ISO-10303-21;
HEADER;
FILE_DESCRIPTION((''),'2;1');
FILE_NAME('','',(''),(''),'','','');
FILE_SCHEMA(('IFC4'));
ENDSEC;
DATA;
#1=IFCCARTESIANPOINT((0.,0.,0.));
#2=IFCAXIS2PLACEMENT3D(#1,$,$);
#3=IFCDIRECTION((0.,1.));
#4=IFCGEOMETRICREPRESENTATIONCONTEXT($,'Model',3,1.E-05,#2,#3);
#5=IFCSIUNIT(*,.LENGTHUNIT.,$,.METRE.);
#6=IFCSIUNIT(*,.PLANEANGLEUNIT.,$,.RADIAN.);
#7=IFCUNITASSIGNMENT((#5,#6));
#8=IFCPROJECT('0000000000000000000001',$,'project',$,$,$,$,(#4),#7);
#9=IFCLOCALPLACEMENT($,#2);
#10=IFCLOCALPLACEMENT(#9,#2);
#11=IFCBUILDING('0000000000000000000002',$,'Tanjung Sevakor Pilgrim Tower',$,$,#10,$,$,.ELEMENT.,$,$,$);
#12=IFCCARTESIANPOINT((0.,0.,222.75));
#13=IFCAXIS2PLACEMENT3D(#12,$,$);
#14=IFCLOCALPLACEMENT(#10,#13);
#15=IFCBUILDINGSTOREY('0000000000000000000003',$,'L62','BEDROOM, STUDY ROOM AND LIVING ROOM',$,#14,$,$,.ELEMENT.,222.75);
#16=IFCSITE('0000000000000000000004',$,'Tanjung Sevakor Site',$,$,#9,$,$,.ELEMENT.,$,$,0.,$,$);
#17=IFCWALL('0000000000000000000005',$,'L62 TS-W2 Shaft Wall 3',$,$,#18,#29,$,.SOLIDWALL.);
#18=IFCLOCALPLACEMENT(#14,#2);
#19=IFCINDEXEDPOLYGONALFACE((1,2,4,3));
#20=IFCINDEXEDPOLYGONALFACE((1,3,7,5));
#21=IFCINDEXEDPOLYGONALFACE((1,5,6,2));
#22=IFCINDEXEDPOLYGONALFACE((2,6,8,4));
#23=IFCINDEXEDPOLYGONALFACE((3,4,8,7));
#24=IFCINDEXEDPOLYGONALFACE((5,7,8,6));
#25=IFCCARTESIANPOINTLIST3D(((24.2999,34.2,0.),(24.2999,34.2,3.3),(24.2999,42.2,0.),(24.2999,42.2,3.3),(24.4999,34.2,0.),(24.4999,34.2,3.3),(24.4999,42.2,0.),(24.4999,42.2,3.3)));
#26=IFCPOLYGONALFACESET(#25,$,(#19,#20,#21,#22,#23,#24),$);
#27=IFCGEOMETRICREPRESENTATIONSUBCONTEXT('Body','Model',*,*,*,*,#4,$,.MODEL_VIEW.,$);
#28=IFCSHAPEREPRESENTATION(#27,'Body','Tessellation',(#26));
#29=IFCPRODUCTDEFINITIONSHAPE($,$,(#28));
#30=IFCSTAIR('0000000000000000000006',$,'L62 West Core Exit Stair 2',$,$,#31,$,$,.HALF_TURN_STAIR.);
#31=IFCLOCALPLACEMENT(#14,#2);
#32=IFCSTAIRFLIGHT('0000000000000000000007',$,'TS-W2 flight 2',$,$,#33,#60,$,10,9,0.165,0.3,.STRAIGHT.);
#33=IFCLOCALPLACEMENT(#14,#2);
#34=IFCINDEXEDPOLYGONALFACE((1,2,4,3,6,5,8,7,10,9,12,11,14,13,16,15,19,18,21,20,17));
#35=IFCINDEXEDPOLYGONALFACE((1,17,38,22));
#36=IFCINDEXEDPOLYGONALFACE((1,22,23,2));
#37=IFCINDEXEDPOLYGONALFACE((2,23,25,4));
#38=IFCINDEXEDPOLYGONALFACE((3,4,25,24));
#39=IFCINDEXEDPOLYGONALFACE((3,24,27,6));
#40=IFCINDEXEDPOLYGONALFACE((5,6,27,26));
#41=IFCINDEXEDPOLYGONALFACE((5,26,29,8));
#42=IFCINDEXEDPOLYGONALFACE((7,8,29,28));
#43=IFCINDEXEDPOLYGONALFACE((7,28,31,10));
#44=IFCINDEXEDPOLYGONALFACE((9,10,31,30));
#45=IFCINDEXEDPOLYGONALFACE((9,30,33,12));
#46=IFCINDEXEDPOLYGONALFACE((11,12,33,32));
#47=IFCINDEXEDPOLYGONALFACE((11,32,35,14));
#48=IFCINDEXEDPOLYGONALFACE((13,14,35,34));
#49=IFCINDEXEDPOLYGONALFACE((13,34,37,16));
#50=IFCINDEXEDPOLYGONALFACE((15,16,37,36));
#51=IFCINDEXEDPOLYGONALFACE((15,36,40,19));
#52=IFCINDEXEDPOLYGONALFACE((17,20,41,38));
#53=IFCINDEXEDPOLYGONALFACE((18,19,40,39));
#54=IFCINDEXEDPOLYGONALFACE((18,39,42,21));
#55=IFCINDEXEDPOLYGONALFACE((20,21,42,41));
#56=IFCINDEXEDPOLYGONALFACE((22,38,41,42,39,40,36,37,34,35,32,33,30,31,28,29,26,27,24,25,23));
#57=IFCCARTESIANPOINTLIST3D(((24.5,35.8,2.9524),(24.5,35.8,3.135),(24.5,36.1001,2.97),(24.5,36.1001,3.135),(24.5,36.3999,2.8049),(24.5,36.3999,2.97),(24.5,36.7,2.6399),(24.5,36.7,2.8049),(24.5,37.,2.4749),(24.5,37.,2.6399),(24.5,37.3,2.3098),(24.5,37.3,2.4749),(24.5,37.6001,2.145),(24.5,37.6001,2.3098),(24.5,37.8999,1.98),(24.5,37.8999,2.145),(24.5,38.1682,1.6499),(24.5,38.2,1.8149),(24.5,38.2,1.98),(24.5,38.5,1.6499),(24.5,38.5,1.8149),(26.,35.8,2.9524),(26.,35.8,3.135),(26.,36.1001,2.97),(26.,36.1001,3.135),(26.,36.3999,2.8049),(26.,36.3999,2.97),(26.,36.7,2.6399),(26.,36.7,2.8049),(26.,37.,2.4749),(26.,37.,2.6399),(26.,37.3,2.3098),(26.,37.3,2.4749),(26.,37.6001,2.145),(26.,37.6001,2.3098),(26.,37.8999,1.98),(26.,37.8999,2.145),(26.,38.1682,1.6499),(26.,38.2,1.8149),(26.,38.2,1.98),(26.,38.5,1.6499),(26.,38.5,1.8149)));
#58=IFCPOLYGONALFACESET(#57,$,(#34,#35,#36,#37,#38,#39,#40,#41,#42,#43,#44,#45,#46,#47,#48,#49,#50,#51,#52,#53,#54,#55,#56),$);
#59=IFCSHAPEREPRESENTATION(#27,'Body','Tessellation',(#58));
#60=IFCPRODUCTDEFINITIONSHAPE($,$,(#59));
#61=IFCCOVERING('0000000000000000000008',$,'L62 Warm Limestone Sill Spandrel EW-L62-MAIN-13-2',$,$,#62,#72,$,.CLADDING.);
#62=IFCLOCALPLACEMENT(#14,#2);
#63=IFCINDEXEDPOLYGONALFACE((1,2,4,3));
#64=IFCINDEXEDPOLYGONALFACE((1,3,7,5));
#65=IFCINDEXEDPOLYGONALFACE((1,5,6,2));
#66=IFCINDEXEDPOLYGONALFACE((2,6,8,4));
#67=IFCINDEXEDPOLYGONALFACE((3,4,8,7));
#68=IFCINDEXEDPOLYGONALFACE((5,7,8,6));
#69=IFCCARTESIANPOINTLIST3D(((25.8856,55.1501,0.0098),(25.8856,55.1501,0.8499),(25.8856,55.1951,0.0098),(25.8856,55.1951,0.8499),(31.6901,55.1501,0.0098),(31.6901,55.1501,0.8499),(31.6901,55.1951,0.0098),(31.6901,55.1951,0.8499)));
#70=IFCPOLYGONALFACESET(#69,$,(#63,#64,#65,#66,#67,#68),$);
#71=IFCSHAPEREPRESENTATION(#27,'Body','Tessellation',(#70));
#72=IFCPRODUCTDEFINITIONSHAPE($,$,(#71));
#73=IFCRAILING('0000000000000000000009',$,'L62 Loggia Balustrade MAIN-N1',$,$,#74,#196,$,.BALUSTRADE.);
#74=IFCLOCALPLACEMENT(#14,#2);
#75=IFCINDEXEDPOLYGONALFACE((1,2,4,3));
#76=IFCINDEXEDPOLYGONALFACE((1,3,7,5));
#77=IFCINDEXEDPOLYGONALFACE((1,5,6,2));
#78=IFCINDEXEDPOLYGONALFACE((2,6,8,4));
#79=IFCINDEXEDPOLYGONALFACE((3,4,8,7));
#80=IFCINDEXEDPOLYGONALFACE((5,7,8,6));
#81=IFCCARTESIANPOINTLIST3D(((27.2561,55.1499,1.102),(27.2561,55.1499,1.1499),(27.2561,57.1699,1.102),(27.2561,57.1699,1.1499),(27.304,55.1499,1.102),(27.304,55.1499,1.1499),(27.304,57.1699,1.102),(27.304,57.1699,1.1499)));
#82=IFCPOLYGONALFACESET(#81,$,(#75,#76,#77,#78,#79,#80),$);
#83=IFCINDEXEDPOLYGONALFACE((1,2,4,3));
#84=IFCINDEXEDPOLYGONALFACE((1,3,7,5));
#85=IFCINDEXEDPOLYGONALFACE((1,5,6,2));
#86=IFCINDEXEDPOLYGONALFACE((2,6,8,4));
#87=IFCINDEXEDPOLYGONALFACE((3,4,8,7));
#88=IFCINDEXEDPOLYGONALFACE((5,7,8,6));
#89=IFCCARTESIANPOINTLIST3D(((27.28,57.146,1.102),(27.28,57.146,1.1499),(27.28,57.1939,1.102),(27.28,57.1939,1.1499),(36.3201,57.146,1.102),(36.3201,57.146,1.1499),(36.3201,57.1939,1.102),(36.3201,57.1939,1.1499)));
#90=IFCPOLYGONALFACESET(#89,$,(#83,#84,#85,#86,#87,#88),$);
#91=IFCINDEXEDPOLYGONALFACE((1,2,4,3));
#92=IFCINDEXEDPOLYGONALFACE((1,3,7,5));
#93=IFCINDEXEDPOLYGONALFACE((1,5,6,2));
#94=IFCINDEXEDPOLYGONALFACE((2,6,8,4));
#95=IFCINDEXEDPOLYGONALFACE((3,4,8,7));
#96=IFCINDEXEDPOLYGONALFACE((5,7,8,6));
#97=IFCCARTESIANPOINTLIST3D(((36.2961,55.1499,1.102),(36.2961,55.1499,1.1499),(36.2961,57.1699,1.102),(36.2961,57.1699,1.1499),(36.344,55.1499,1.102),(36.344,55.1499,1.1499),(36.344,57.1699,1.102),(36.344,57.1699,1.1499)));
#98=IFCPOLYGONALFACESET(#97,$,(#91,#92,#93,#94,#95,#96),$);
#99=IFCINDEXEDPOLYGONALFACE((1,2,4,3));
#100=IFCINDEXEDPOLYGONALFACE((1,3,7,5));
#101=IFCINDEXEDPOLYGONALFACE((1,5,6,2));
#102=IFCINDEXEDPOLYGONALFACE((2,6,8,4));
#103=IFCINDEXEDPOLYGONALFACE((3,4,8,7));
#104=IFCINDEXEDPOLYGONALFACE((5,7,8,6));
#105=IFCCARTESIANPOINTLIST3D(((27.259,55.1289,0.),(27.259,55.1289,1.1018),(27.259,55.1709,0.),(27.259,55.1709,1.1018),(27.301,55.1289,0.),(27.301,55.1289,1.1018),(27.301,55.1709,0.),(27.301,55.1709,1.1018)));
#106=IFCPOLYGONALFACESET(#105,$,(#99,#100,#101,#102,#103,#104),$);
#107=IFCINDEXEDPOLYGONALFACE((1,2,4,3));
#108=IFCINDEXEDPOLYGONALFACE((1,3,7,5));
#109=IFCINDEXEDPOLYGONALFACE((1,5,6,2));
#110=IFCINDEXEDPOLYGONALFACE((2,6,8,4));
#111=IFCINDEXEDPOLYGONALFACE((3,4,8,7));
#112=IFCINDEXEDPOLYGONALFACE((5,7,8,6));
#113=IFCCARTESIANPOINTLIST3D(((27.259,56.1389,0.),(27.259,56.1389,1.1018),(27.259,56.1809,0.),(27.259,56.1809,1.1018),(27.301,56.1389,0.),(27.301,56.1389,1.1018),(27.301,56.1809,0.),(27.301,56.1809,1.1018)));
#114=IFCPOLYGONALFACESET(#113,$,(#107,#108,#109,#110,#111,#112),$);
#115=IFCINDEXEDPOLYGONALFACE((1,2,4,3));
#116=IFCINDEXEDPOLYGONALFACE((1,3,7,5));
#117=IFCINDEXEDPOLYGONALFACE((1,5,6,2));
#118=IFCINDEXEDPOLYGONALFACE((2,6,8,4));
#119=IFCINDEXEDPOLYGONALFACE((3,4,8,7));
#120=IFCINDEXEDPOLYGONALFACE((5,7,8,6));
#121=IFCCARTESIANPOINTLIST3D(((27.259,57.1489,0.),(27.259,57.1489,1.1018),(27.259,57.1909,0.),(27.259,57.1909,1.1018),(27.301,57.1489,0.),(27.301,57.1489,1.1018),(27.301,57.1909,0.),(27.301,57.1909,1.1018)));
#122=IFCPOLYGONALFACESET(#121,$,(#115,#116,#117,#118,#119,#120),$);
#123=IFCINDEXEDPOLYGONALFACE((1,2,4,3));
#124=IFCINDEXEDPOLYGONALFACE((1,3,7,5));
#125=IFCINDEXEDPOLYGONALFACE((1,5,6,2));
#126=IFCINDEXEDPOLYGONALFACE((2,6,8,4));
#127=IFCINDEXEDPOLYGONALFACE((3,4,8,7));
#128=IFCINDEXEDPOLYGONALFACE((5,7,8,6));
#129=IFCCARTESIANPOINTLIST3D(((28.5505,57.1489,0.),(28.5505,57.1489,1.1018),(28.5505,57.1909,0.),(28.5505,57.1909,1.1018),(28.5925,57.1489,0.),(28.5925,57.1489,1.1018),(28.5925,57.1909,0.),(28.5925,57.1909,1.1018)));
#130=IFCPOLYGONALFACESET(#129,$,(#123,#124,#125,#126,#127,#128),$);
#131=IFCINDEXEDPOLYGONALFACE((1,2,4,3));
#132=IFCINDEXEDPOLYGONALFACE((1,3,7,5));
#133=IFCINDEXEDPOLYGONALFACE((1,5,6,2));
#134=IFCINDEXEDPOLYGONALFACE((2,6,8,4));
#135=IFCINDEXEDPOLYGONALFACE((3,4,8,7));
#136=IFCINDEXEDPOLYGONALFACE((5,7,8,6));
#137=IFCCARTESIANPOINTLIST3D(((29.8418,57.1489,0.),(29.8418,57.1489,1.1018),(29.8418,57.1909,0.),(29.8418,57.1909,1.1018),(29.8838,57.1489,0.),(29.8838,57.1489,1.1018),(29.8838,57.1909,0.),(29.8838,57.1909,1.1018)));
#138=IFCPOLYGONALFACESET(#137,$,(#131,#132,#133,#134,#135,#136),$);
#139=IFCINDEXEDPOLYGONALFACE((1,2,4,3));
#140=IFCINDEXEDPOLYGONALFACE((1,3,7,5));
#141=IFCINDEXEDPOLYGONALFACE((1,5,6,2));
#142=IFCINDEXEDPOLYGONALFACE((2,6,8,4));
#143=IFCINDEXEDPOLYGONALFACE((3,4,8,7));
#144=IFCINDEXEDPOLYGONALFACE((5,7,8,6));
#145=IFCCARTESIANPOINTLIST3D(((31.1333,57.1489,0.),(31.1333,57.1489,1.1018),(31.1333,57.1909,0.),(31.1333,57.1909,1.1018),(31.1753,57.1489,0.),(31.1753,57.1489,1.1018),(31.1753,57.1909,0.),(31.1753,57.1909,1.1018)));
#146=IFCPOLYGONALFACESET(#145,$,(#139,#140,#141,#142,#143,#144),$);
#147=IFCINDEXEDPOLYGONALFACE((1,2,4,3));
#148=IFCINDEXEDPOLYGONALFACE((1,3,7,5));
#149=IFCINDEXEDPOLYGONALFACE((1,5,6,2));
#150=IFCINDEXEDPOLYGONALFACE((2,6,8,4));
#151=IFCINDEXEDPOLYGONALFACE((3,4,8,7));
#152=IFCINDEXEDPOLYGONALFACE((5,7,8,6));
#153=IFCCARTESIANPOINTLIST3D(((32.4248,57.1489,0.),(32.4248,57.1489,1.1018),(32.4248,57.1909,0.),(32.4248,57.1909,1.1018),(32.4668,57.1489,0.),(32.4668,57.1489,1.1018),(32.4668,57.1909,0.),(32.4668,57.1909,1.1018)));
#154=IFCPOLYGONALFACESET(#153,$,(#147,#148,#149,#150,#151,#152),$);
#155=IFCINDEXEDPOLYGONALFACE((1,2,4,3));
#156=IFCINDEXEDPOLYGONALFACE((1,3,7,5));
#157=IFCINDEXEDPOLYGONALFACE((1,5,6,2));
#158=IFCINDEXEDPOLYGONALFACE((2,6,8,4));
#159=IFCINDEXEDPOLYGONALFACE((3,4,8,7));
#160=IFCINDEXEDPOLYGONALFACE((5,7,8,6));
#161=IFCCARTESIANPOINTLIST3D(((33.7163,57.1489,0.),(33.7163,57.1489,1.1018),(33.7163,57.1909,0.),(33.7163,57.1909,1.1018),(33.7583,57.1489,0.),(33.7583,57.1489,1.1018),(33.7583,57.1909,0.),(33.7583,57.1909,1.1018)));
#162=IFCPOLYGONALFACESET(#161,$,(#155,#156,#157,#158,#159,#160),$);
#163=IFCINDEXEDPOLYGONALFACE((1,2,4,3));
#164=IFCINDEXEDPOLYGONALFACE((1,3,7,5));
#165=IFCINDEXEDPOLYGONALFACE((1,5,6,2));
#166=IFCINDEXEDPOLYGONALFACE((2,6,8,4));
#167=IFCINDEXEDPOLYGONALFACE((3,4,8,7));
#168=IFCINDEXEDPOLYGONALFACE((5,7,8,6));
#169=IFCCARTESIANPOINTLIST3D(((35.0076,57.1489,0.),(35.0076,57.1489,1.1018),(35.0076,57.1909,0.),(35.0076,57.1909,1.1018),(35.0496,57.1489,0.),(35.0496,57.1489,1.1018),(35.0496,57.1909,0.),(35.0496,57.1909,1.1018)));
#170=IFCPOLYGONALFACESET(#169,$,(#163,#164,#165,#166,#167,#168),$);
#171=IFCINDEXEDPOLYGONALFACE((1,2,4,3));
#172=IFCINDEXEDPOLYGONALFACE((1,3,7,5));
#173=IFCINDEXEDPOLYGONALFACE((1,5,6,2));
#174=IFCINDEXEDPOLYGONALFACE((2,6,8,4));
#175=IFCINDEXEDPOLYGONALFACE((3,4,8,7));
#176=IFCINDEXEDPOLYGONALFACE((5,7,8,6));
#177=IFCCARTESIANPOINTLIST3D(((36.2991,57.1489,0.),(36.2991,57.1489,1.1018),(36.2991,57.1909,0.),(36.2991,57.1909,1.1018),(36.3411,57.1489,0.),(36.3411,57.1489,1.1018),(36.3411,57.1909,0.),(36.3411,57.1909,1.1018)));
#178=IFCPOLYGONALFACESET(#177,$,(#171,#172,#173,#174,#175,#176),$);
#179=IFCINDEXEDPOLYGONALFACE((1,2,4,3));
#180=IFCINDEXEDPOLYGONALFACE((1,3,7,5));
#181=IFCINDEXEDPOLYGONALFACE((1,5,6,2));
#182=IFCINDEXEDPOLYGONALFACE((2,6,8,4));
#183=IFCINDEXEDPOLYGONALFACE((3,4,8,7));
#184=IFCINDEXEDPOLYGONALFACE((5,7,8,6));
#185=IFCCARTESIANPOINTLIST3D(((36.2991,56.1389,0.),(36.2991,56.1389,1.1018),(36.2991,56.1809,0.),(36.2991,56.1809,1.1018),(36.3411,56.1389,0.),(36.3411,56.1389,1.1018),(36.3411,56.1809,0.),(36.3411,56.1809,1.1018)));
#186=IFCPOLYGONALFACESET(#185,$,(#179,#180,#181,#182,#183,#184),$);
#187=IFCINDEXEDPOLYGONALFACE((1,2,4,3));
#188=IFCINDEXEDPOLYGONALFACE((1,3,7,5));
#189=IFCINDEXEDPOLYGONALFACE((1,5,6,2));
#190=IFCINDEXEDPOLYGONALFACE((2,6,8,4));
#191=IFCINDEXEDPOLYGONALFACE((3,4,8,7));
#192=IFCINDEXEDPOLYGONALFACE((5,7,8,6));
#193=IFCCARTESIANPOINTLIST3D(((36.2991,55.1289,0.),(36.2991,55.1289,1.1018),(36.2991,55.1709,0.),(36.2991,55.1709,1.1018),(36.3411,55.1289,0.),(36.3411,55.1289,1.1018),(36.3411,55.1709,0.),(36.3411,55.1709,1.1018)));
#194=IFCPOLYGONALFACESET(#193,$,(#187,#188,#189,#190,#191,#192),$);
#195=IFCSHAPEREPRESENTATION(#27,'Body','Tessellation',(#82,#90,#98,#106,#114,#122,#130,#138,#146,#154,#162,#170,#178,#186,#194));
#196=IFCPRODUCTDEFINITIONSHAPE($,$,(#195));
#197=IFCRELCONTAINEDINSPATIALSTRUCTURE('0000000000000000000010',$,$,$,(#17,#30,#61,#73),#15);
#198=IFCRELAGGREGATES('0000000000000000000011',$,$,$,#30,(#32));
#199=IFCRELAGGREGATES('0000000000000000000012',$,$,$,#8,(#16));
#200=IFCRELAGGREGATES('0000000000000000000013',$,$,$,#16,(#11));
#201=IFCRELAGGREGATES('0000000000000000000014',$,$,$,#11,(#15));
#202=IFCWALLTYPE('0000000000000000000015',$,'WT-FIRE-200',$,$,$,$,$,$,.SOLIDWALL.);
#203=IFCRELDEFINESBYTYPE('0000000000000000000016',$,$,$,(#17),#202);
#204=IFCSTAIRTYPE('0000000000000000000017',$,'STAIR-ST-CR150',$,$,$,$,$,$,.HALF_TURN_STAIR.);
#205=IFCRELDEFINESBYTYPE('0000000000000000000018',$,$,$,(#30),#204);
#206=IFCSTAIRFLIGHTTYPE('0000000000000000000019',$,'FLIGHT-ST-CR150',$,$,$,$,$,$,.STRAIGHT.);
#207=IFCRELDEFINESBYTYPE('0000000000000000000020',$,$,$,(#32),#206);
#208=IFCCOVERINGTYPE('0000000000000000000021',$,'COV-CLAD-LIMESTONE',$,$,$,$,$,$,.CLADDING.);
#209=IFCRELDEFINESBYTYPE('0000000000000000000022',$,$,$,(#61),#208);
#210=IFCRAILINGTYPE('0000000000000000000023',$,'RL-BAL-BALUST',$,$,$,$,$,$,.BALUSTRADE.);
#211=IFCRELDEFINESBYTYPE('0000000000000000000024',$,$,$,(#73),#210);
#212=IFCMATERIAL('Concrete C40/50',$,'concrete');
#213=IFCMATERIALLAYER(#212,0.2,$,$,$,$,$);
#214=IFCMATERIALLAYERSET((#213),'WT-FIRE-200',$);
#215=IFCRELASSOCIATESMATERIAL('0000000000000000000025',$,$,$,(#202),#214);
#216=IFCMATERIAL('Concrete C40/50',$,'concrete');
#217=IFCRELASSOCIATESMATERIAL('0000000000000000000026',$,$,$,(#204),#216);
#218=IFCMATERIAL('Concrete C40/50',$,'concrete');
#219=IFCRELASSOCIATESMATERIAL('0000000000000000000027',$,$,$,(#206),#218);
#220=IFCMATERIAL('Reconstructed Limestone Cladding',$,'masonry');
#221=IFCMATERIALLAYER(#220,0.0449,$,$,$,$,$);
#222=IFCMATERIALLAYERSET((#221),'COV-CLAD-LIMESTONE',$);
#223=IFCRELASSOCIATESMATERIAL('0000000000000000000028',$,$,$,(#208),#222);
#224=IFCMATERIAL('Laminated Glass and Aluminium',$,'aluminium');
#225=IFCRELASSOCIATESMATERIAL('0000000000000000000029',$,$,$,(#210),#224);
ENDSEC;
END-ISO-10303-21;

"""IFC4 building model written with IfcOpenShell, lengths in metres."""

from ifc_helpers import new_model, si_unit, direction, frame, frame_2d, origin, origin_2d, place, context, subcontext, project, spatial, polyline, rectangle, outline, extrude, material, layer, layer_set, type_object, element, aggregate, save


model = new_model("IFC4")

# Units and contexts
model_context = context("Model", 3, precision=1e-05, world=origin(), true_north=direction((0.0, 1.0)))
body_context = subcontext(model_context, "Body", "Model", "MODEL_VIEW")
ifc_project = project(units=[si_unit("LENGTHUNIT", "METRE"), si_unit("PLANEANGLEUNIT", "RADIAN")], contexts=[model_context])

# Site, building, storey
site_placement = place(None, origin())
site = spatial("IfcSite", under=ifc_project, at=site_placement, Name="Tanjung Sevakor Site", CompositionType="ELEMENT", RefElevation=0.0)
building_placement = place(site_placement, origin())
building = spatial("IfcBuilding", under=site, at=building_placement, Name="Tanjung Sevakor Pilgrim Tower", CompositionType="ELEMENT")
storey_placement = place(building_placement, frame((0.0, 0.0, 222.75)))
storey = spatial("IfcBuildingStorey", under=building, at=storey_placement, Name="L62", Description="BEDROOM, STUDY ROOM AND LIVING ROOM", CompositionType="ELEMENT", Elevation=222.75)

# Wall
ifc_material_1 = material(Name="Concrete C40/50", Category="concrete")
ifc_layer_1 = layer(ifc_material_1, 0.2)
ifc_layer_set_1 = layer_set([ifc_layer_1], Name="WT-FIRE-200")
wall_type_1 = type_object("IfcWallType", Name="WT-FIRE-200", PredefinedType="SOLIDWALL", material=ifc_layer_set_1)
wall_1_placement = place(storey_placement, frame((24.3999, 42.2, 0.0), z_axis=(0.0, 0.0, 1.0), x_axis=(0.0, -1.0, 0.0)))
element("IfcWall", 1, at=wall_1_placement, inside=storey, type_object=wall_type_1, Name="L62 TS-W2 Shaft Wall 3", PredefinedType="SOLIDWALL", context=body_context, shape_type="SweptSolid", body=[
    extrude(rectangle(XDim=8.0, YDim=0.2, at=frame_2d((4.0, 0.0))), origin(), (0.0, 0.0, 1.0), 3.3),
])

# Stair, stair flight
ifc_material_2 = material(Name="Concrete C40/50", Category="concrete")
stair_type = type_object("IfcStairType", Name="STAIR-ST-CR150", PredefinedType="HALF_TURN_STAIR", material=ifc_material_2)
stair_placement = place(storey_placement, origin())
stair = element("IfcStair", 2, at=stair_placement, inside=storey, type_object=stair_type, Name="L62 West Core Exit Stair 2", PredefinedType="HALF_TURN_STAIR")
ifc_material_3 = material(Name="Concrete C40/50", Category="concrete")
stair_flight_type = type_object("IfcStairFlightType", Name="FLIGHT-ST-CR150", PredefinedType="STRAIGHT", material=ifc_material_3)
stair_flight_placement = place(storey_placement, frame((25.25, 38.5, 1.6499), z_axis=(0.0, 0.0, 1.0), x_axis=(0.0, -1.0, 0.0)))
stair_flight = element("IfcStairFlight", 3, at=stair_flight_placement, type_object=stair_flight_type, Name="TS-W2 flight 2", NumberOfRisers=10, NumberOfTreads=9, PredefinedType="STRAIGHT", RiserHeight=0.165, TreadLength=0.3, context=body_context, shape_type="SweptSolid", body=[
    extrude(outline(polyline([(0.0, 0.0), (0.0, 0.165), (0.3, 0.165), (0.3, 0.3301), (0.6001, 0.3301), (0.6001, 0.4951), (0.8999, 0.4951), (0.8999, 0.6599), (1.2, 0.6599), (1.2, 0.825), (1.5, 0.825), (1.5, 0.99), (1.8, 0.99), (1.8, 1.155), (2.1001, 1.155), (2.1001, 1.3201), (2.3999, 1.3201), (2.3999, 1.4851), (2.7, 1.4851), (2.7, 1.6499), (2.7, 1.3025), (0.3318, 0.0), (0.0, 0.0)])), frame((0.0, 0.75, 0.0), z_axis=(0.0, -1.0, 0.0), x_axis=(1.0, 0.0, 0.0)), (0.0, 0.0, 1.0), 1.5),
])
aggregate(stair, [stair_flight])

# Covering
ifc_material_4 = material(Name="Reconstructed Limestone Cladding", Category="masonry")
ifc_layer_2 = layer(ifc_material_4, 0.0449)
ifc_layer_set_2 = layer_set([ifc_layer_2], Name="COV-CLAD-LIMESTONE")
covering_type = type_object("IfcCoveringType", Name="COV-CLAD-LIMESTONE", PredefinedType="CLADDING", material=ifc_layer_set_2)
covering_placement = place(storey_placement, frame((28.7878, 55.1726, 0.0098), z_axis=(0.0, 0.0, 1.0), x_axis=(-1.0, 0.0, 0.0)))
element("IfcCovering", 4, at=covering_placement, inside=storey, type_object=covering_type, Name="L62 Warm Limestone Sill Spandrel EW-L62-MAIN-13-2", PredefinedType="CLADDING", context=body_context, shape_type="SweptSolid", body=[
    extrude(rectangle(XDim=5.8044, YDim=0.0449, at=origin_2d()), origin(), (0.0, 0.0, 1.0), 0.8401),
])

# Railing
ifc_material_5 = material(Name="Laminated Glass and Aluminium", Category="aluminium")
railing_type_1 = type_object("IfcRailingType", Name="RL-BAL-BALUST", PredefinedType="BALUSTRADE", material=ifc_material_5)
railing_1_placement = place(storey_placement, frame((27.28, 55.1499, 0.0)))
element("IfcRailing", 5, at=railing_1_placement, inside=storey, type_object=railing_type_1, Name="L62 Loggia Balustrade MAIN-N1", PredefinedType="BALUSTRADE", context=body_context, shape_type="SweptSolid", body=[
    extrude(rectangle(XDim=0.0479, YDim=0.0479), frame((0.0, 0.0, 1.126), z_axis=(0.0, 1.0, 0.0), x_axis=(-1.0, 0.0, 0.0)), (0.0, 0.0, 1.0), 2.02),
    extrude(rectangle(XDim=0.0479, YDim=0.0479), frame((0.0, 2.02, 1.126), z_axis=(1.0, 0.0, 0.0), x_axis=(0.0, 1.0, 0.0)), (0.0, 0.0, 1.0), 9.04),
    extrude(rectangle(XDim=0.0479, YDim=0.0479), frame((9.04, 2.02, 1.126), z_axis=(0.0, -1.0, 0.0), x_axis=(1.0, 0.0, 0.0)), (0.0, 0.0, 1.0), 2.02),
    extrude(rectangle(XDim=0.042, YDim=0.042), origin(), (0.0, 0.0, 1.0), 1.1018),
    extrude(rectangle(XDim=0.042, YDim=0.042), frame((0.0, 1.01, 0.0)), (0.0, 0.0, 1.0), 1.1018),
    extrude(rectangle(XDim=0.042, YDim=0.042), frame((0.0, 2.02, 0.0)), (0.0, 0.0, 1.0), 1.1018),
    extrude(rectangle(XDim=0.042, YDim=0.042), frame((1.2915, 2.02, 0.0)), (0.0, 0.0, 1.0), 1.1018),
    extrude(rectangle(XDim=0.042, YDim=0.042), frame((2.5828, 2.02, 0.0)), (0.0, 0.0, 1.0), 1.1018),
    extrude(rectangle(XDim=0.042, YDim=0.042), frame((3.8743, 2.02, 0.0)), (0.0, 0.0, 1.0), 1.1018),
    extrude(rectangle(XDim=0.042, YDim=0.042), frame((5.1658, 2.02, 0.0)), (0.0, 0.0, 1.0), 1.1018),
    extrude(rectangle(XDim=0.042, YDim=0.042), frame((6.4573, 2.02, 0.0)), (0.0, 0.0, 1.0), 1.1018),
    extrude(rectangle(XDim=0.042, YDim=0.042), frame((7.7485, 2.02, 0.0)), (0.0, 0.0, 1.0), 1.1018),
    extrude(rectangle(XDim=0.042, YDim=0.042), frame((9.04, 2.02, 0.0)), (0.0, 0.0, 1.0), 1.1018),
    extrude(rectangle(XDim=0.042, YDim=0.042), frame((9.04, 1.01, 0.0)), (0.0, 0.0, 1.0), 1.1018),
    extrude(rectangle(XDim=0.042, YDim=0.042), frame((9.04, 0.0, 0.0)), (0.0, 0.0, 1.0), 1.1018),
])

save(model, "model.ifc")
